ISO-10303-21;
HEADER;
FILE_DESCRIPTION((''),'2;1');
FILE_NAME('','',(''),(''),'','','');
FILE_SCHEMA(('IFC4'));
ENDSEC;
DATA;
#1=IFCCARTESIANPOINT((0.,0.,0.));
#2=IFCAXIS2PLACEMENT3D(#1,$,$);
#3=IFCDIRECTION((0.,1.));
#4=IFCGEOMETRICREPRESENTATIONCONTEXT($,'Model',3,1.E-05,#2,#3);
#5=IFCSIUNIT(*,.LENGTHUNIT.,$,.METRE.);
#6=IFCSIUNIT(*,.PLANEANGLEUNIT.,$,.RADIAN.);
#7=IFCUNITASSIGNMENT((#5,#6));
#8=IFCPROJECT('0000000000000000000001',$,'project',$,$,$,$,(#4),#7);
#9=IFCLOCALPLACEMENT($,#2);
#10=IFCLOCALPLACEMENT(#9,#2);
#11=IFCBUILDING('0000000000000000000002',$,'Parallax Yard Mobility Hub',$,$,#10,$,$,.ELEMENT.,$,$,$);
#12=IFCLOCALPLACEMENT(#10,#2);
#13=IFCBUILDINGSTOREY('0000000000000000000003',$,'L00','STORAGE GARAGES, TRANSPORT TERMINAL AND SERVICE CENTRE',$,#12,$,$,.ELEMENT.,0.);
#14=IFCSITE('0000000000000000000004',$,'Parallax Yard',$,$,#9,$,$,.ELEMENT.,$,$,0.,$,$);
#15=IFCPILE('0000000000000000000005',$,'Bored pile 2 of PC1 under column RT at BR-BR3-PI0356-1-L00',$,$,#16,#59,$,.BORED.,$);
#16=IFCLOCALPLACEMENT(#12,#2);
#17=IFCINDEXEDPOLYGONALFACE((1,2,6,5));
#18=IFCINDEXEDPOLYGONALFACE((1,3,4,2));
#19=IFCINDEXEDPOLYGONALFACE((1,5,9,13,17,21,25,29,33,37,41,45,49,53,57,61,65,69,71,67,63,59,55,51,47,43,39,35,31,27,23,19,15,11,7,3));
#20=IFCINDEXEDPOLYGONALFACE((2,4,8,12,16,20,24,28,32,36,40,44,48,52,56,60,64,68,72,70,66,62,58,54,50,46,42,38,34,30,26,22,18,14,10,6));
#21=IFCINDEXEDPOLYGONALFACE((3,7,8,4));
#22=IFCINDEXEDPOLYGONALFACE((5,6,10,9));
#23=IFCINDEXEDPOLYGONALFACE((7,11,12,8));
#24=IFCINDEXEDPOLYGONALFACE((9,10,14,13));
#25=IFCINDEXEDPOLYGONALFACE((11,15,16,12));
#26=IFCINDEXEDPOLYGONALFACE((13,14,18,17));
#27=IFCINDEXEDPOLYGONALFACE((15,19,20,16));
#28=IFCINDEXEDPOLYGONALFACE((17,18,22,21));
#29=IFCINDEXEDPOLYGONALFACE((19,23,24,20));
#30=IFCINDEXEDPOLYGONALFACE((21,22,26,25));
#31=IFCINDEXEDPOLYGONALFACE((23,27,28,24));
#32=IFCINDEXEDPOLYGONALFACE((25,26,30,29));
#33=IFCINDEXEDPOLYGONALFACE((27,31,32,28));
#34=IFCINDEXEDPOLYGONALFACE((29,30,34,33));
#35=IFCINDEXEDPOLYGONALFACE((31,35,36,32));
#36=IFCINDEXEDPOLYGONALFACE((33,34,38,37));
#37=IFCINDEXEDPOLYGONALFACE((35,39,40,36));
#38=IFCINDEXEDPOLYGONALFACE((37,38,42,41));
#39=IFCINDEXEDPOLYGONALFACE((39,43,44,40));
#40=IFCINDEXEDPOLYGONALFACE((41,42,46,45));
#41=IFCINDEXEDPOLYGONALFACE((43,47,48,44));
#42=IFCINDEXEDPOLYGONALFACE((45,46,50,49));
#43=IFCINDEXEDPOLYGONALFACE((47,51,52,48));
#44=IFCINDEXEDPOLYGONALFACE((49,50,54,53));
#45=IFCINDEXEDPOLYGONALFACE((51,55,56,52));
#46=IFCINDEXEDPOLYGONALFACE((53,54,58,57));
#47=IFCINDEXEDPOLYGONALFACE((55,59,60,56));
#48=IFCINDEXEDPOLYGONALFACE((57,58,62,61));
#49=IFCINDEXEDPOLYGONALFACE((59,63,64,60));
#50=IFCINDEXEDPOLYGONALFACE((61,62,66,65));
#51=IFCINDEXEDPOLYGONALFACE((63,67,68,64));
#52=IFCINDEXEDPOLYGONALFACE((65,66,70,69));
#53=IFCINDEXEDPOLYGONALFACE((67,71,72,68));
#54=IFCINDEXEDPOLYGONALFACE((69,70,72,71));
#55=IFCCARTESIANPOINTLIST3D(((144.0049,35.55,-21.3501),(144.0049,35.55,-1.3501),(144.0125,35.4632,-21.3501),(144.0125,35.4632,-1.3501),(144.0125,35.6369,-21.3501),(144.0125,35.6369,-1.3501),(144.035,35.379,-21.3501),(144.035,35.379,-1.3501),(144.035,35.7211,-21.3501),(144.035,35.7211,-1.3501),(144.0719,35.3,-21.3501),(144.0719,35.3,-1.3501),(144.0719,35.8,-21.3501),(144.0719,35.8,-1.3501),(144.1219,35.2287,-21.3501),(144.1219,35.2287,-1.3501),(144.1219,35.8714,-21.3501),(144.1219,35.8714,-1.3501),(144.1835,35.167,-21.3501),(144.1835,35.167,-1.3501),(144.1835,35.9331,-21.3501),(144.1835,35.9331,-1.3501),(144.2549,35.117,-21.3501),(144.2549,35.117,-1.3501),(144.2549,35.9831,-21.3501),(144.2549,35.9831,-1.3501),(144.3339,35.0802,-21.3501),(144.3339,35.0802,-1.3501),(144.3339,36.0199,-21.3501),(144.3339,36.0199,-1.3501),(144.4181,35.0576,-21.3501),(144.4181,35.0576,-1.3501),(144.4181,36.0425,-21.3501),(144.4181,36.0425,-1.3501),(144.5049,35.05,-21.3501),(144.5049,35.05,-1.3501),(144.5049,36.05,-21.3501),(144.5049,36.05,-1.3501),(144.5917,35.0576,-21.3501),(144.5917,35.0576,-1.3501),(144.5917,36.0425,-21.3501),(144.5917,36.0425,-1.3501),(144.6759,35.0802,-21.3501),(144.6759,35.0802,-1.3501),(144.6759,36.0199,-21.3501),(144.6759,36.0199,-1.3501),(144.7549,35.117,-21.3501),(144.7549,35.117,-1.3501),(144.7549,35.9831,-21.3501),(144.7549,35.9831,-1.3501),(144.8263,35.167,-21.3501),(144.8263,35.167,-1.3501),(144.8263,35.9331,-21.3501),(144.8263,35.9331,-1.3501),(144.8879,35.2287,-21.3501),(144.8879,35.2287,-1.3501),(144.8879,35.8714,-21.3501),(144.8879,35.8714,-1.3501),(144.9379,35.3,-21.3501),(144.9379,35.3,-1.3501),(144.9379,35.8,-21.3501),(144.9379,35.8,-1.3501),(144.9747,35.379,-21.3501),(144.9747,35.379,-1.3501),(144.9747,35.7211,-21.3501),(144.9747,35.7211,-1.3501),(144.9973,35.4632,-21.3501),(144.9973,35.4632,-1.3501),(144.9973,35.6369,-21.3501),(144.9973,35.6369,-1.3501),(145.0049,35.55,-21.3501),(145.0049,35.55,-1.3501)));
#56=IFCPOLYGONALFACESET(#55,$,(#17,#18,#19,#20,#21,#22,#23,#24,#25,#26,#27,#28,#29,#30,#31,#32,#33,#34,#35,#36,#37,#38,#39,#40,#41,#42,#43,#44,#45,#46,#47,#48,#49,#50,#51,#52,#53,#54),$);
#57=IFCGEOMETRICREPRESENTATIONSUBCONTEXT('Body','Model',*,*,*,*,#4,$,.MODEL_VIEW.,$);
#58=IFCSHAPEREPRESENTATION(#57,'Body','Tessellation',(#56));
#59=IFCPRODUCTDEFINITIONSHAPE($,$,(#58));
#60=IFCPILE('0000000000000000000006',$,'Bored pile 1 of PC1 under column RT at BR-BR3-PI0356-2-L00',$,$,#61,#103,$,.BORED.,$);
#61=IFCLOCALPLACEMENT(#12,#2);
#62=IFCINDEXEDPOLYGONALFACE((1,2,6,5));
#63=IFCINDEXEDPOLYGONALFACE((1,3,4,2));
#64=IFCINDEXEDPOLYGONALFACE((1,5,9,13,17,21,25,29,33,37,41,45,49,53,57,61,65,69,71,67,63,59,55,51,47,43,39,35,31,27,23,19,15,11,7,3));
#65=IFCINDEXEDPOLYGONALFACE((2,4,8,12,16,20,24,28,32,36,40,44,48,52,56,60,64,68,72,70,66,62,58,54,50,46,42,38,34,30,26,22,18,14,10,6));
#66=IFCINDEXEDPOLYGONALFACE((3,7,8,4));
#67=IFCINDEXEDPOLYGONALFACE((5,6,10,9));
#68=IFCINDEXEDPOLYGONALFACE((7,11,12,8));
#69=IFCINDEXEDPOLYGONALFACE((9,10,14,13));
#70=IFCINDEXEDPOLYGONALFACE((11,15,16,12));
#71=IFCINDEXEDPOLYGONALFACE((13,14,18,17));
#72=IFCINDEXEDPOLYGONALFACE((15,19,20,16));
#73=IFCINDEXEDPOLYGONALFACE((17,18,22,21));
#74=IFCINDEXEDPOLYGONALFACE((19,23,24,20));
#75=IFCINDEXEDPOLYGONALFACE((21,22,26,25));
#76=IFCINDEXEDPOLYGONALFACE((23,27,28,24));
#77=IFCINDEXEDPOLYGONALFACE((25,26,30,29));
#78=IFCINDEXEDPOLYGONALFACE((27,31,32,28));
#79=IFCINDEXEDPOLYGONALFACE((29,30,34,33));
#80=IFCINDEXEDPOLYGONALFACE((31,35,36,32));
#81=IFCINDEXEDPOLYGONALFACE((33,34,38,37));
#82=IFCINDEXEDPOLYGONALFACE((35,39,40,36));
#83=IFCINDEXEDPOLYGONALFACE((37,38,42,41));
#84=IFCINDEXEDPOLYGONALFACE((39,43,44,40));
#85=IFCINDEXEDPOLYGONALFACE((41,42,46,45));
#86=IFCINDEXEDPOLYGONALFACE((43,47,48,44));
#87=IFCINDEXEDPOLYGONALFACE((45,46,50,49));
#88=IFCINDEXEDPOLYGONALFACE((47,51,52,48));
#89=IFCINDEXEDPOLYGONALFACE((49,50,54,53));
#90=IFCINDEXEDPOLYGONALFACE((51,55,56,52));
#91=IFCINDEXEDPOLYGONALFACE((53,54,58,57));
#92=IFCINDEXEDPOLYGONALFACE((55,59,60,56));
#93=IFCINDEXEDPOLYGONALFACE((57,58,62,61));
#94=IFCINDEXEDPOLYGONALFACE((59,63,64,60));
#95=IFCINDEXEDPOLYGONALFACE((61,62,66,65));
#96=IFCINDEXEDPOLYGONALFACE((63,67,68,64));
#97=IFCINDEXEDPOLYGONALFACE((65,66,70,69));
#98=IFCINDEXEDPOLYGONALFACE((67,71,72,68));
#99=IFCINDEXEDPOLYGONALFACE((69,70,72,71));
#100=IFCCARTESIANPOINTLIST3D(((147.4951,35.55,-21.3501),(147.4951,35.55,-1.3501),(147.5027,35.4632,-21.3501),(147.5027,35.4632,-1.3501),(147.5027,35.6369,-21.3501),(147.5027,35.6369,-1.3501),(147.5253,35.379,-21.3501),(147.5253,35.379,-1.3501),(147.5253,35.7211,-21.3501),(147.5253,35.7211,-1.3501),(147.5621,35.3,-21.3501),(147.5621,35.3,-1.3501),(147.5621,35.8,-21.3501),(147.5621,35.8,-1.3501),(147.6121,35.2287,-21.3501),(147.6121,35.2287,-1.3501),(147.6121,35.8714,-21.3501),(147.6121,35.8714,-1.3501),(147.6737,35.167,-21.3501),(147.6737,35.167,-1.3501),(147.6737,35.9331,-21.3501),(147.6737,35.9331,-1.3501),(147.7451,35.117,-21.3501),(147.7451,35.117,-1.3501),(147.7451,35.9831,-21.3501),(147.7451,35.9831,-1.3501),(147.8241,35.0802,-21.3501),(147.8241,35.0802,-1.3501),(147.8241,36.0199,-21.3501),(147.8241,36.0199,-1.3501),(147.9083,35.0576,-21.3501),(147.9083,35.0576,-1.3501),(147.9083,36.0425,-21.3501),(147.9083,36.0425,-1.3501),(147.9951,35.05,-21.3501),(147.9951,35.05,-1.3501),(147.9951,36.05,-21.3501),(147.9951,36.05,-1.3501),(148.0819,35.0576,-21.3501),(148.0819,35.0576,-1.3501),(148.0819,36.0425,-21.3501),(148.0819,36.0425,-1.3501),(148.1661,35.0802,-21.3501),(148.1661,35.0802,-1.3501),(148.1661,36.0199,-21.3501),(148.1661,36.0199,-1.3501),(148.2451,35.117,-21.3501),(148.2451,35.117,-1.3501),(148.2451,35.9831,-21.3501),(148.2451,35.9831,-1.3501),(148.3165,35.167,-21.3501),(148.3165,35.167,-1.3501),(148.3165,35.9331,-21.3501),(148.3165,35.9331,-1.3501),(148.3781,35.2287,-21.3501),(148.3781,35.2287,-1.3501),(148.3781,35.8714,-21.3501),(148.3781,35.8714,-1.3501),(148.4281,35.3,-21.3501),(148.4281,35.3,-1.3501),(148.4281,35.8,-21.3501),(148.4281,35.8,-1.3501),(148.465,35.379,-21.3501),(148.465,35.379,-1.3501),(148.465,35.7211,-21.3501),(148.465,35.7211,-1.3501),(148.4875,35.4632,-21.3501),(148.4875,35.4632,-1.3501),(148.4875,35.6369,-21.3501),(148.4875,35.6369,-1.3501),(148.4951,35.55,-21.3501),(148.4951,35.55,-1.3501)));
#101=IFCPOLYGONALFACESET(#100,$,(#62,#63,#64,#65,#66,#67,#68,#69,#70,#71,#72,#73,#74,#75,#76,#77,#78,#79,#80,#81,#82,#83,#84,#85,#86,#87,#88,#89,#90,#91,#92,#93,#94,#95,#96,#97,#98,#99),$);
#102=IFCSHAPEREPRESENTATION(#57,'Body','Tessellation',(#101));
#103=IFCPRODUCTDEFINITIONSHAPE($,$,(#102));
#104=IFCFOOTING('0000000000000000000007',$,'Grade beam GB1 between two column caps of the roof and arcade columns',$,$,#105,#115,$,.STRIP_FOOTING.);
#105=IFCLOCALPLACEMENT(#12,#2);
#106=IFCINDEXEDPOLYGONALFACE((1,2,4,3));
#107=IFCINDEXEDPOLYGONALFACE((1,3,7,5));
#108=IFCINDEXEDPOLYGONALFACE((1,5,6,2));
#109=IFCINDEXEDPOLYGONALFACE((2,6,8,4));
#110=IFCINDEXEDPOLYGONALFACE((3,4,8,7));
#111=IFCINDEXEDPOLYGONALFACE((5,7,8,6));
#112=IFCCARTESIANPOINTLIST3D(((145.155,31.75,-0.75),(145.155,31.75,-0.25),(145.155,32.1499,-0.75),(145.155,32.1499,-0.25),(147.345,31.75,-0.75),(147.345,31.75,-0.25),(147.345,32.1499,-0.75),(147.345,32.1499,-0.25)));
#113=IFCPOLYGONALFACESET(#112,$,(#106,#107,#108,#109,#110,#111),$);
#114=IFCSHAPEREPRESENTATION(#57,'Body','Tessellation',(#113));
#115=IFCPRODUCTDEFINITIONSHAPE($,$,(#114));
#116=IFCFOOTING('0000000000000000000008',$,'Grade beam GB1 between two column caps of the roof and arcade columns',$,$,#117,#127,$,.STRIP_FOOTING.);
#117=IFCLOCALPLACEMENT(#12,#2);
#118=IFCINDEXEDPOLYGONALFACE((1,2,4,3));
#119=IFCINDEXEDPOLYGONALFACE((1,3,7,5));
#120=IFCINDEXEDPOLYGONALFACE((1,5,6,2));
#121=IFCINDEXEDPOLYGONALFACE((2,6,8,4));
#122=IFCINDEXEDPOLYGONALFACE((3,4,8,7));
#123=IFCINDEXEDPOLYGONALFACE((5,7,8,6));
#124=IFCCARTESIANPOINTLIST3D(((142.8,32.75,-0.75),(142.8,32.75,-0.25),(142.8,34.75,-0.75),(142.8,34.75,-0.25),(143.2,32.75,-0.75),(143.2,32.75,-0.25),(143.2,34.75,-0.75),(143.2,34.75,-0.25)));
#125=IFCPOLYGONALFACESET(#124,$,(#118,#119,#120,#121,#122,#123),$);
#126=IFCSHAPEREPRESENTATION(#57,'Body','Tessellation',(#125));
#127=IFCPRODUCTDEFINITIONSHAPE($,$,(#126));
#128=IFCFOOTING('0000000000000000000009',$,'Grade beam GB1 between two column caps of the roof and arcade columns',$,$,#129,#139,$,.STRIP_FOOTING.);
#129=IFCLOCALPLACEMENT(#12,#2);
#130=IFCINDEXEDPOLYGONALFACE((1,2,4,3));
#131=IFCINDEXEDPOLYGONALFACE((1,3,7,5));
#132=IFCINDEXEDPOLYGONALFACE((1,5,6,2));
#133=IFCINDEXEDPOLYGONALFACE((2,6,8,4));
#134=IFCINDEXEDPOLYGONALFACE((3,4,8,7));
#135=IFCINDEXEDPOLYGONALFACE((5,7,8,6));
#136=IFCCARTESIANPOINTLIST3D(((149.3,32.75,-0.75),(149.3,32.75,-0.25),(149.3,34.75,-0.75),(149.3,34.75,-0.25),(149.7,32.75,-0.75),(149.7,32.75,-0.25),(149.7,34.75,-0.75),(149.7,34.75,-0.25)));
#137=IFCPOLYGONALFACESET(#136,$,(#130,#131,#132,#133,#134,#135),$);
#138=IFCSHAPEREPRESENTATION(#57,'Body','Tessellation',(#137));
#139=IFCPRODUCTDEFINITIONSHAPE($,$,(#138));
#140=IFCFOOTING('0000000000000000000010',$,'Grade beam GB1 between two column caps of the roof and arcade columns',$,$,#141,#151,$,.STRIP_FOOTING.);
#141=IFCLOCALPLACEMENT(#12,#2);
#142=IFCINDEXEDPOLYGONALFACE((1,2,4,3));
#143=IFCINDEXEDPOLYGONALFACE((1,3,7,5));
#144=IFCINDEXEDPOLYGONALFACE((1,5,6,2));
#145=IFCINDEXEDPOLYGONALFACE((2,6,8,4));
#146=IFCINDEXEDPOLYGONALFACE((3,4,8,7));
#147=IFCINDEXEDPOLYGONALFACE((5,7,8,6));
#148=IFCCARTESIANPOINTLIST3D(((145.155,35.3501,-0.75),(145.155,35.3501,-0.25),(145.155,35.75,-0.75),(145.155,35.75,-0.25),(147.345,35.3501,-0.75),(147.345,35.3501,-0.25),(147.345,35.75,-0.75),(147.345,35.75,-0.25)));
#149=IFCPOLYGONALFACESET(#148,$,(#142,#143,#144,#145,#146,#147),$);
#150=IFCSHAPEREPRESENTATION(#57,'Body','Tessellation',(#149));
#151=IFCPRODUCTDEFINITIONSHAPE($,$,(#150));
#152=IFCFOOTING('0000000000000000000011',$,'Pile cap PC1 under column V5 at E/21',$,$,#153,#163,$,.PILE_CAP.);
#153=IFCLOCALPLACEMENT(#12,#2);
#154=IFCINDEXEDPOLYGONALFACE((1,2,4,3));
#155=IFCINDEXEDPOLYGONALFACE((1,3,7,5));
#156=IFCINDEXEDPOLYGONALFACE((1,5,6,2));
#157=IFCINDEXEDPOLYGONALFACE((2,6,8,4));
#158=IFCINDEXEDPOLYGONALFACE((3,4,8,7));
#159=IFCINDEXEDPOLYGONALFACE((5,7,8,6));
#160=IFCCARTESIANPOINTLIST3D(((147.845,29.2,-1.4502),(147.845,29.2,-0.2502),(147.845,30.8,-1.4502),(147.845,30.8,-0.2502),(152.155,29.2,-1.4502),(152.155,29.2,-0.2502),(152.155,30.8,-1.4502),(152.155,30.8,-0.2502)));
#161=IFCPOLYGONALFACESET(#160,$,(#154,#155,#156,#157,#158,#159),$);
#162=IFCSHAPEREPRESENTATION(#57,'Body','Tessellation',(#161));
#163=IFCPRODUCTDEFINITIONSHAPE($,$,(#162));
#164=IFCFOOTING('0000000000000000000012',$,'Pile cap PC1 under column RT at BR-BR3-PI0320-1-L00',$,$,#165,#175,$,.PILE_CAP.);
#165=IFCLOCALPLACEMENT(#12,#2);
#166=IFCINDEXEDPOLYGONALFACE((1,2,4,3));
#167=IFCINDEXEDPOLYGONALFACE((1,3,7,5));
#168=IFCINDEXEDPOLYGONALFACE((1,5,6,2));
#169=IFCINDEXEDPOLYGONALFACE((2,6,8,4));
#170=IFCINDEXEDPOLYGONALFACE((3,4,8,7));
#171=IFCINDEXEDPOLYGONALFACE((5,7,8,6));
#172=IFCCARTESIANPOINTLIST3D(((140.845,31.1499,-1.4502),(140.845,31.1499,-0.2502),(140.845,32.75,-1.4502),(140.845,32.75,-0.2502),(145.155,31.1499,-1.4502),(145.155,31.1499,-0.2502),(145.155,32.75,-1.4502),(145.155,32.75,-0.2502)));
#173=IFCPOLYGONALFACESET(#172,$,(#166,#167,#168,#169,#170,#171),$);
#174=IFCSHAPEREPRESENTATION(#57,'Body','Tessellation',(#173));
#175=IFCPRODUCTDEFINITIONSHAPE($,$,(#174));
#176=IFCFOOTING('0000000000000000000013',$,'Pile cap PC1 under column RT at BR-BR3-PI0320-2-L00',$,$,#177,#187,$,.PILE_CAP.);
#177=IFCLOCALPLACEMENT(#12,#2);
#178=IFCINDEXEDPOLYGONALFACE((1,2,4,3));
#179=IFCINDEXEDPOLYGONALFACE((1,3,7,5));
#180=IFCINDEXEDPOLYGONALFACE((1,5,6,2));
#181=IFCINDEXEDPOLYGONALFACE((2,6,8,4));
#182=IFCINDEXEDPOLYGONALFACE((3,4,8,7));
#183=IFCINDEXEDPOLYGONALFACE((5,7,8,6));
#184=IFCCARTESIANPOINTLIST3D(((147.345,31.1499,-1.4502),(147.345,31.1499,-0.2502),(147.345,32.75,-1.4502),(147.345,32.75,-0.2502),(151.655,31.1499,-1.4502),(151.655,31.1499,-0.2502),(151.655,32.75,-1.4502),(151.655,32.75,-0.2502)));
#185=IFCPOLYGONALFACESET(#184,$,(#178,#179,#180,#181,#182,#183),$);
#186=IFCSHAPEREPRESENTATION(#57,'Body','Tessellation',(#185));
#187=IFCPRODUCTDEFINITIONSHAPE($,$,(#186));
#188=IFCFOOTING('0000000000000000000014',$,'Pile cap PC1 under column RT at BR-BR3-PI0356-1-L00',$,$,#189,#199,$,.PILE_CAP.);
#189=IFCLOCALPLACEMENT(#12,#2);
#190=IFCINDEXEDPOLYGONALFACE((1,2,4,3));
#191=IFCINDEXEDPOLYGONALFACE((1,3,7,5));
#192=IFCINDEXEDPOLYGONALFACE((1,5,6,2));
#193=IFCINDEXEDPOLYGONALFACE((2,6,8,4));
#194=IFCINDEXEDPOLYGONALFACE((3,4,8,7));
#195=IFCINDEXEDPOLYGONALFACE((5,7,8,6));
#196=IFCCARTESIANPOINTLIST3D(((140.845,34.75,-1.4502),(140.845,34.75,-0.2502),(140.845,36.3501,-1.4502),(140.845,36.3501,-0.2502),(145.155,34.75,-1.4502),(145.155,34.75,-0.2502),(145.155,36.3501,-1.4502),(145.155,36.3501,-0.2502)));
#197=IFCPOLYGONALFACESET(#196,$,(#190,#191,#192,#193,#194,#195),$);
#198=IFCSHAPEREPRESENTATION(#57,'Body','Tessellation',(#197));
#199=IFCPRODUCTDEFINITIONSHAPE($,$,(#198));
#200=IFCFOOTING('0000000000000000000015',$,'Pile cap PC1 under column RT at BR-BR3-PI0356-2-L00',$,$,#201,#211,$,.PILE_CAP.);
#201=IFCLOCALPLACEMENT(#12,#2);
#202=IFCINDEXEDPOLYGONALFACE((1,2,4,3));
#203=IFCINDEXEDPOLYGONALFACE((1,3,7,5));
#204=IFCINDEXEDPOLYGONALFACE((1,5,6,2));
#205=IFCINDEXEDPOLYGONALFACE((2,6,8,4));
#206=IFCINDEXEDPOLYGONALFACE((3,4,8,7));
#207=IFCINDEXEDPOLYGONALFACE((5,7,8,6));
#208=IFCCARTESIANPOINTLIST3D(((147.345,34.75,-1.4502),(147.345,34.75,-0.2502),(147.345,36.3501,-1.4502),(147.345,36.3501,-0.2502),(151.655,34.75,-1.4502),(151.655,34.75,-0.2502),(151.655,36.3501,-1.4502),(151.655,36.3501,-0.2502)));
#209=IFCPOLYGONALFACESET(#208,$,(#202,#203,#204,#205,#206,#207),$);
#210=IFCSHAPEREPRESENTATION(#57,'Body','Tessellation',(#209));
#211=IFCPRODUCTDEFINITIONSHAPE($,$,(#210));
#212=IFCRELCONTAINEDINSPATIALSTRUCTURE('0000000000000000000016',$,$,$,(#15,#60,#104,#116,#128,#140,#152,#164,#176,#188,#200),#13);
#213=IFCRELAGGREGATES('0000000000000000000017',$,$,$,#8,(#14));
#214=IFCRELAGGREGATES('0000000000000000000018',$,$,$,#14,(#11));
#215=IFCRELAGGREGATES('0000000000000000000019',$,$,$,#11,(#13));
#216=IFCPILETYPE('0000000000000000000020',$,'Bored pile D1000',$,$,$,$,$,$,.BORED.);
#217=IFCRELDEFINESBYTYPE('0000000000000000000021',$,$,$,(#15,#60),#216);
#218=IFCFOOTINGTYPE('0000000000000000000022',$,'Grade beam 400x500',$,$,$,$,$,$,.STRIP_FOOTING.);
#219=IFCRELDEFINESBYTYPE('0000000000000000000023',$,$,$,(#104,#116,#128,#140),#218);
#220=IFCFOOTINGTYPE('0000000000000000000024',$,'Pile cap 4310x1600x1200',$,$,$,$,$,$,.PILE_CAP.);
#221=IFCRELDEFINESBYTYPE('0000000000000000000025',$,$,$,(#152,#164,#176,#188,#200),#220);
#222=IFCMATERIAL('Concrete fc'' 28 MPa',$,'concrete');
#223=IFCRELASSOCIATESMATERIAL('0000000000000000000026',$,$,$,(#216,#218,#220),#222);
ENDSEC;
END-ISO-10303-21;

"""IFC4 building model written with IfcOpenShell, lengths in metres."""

from ifc_helpers import new_model, si_unit, direction, frame, origin, origin_2d, place, context, subcontext, project, spatial, rectangle, circle, extrude, material, material_profile, profile_set, type_object, element, save


model = new_model("IFC4")

# Units and contexts
model_context = context("Model", 3, precision=1e-05, world=origin(), true_north=direction((0.0, 1.0)))
body_context = subcontext(model_context, "Body", "Model", "MODEL_VIEW")
ifc_project = project(units=[si_unit("LENGTHUNIT", "METRE"), si_unit("PLANEANGLEUNIT", "RADIAN")], contexts=[model_context])

# Site, building, storey
site_placement = place(None, origin())
site = spatial("IfcSite", under=ifc_project, at=site_placement, Name="Parallax Yard", CompositionType="ELEMENT", RefElevation=0.0)
building_placement = place(site_placement, origin())
building = spatial("IfcBuilding", under=site, at=building_placement, Name="Parallax Yard Mobility Hub", CompositionType="ELEMENT")
storey_placement = place(building_placement, origin())
storey = spatial("IfcBuildingStorey", under=building, at=storey_placement, Name="L00", Description="STORAGE GARAGES, TRANSPORT TERMINAL AND SERVICE CENTRE", CompositionType="ELEMENT", Elevation=0.0)

# Piles
ifc_material_1 = material(Name="Concrete fc' 28 MPa", Category="concrete")
ifc_material_profile_1 = material_profile(ifc_material_1, circle(Radius=0.5, at=origin_2d()), Name="Bored pile D1000")
ifc_profile_set_1 = profile_set([ifc_material_profile_1], Name="Concrete fc' 28 MPa")
pile_type = type_object("IfcPileType", Name="Bored pile D1000", PredefinedType="BORED", material=ifc_profile_set_1)
for number, where, z_axis, x_axis, name in (
    (1, (144.5049, 35.55, -1.3501), (0.0, 0.0, -1.0), (1.0, 0.0, 0.0), "Bored pile 2 of PC1 under column RT at BR-BR3-PI0356-1-L00"),
    (2, (147.9951, 35.55, -1.3501), (0.0, 0.0, -1.0), (1.0, 0.0, 0.0), "Bored pile 1 of PC1 under column RT at BR-BR3-PI0356-2-L00"),
):
    element("IfcPile", number, at=place(storey_placement, frame(where, z_axis=z_axis, x_axis=x_axis)), inside=storey, type_object=pile_type, Name=name, PredefinedType="BORED", context=body_context, shape_type="SweptSolid", body=[
        extrude(circle(Radius=0.5, at=origin_2d()), origin(), (0.0, 0.0, 1.0), 20.0),
    ])

# Footings
ifc_material_profile_2 = material_profile(ifc_material_1, rectangle(XDim=0.3999, YDim=0.5, at=origin_2d()), Name="Grade beam 400x500")
ifc_profile_set_2 = profile_set([ifc_material_profile_2], Name="Concrete fc' 28 MPa")
footing_type_1 = type_object("IfcFootingType", Name="Grade beam 400x500", PredefinedType="STRIP_FOOTING", material=ifc_profile_set_2)
footing_1_placement = place(storey_placement, frame((145.155, 31.95, -0.5), z_axis=(1.0, 0.0, 0.0), x_axis=(0.0, 1.0, 0.0)))
element("IfcFooting", 3, at=footing_1_placement, inside=storey, type_object=footing_type_1, Name="Grade beam GB1 between two column caps of the roof and arcade columns", PredefinedType="STRIP_FOOTING", context=body_context, shape_type="SweptSolid", body=[
    extrude(rectangle(XDim=0.3999, YDim=0.5, at=origin_2d()), origin(), (0.0, 0.0, 1.0), 2.1899),
])
for number, where, z_axis, x_axis, name in (
    (4, (143.0, 32.75, -0.5), (0.0, 1.0, 0.0), (-1.0, 0.0, 0.0), "Grade beam GB1 between two column caps of the roof and arcade columns"),
    (5, (149.5, 32.75, -0.5), (0.0, 1.0, 0.0), (-1.0, 0.0, 0.0), "Grade beam GB1 between two column caps of the roof and arcade columns"),
):
    element("IfcFooting", number, at=place(storey_placement, frame(where, z_axis=z_axis, x_axis=x_axis)), inside=storey, type_object=footing_type_1, Name=name, PredefinedType="STRIP_FOOTING", context=body_context, shape_type="SweptSolid", body=[
        extrude(rectangle(XDim=0.3999, YDim=0.5, at=origin_2d()), origin(), (0.0, 0.0, 1.0), 2.0),
    ])
footing_2_placement = place(storey_placement, frame((145.155, 35.55, -0.5), z_axis=(1.0, 0.0, 0.0), x_axis=(0.0, 1.0, 0.0)))
element("IfcFooting", 6, at=footing_2_placement, inside=storey, type_object=footing_type_1, Name="Grade beam GB1 between two column caps of the roof and arcade columns", PredefinedType="STRIP_FOOTING", context=body_context, shape_type="SweptSolid", body=[
    extrude(rectangle(XDim=0.3999, YDim=0.5, at=origin_2d()), origin(), (0.0, 0.0, 1.0), 2.1899),
])
footing_type_2 = type_object("IfcFootingType", Name="Pile cap 4310x1600x1200", PredefinedType="PILE_CAP", material=ifc_material_1)
for number, where, z_axis, x_axis, name in (
    (7, (150.0, 30.0, -1.4502), (0.0, 0.0, 1.0), (1.0, 0.0, 0.0), "Pile cap PC1 under column V5 at E/21"),
    (8, (143.0, 31.95, -1.4502), (0.0, 0.0, 1.0), (1.0, 0.0, 0.0), "Pile cap PC1 under column RT at BR-BR3-PI0320-1-L00"),
    (9, (149.5, 31.95, -1.4502), (0.0, 0.0, 1.0), (1.0, 0.0, 0.0), "Pile cap PC1 under column RT at BR-BR3-PI0320-2-L00"),
    (10, (143.0, 35.55, -1.4502), (0.0, 0.0, 1.0), (1.0, 0.0, 0.0), "Pile cap PC1 under column RT at BR-BR3-PI0356-1-L00"),
    (11, (149.5, 35.55, -1.4502), (0.0, 0.0, 1.0), (1.0, 0.0, 0.0), "Pile cap PC1 under column RT at BR-BR3-PI0356-2-L00"),
):
    element("IfcFooting", number, at=place(storey_placement, frame(where, z_axis=z_axis, x_axis=x_axis)), inside=storey, type_object=footing_type_2, Name=name, PredefinedType="PILE_CAP", context=body_context, shape_type="SweptSolid", body=[
        extrude(rectangle(XDim=4.3101, YDim=1.6001, at=origin_2d()), origin(), (0.0, 0.0, 1.0), 1.2),
    ])

save(model, "model.ifc")
